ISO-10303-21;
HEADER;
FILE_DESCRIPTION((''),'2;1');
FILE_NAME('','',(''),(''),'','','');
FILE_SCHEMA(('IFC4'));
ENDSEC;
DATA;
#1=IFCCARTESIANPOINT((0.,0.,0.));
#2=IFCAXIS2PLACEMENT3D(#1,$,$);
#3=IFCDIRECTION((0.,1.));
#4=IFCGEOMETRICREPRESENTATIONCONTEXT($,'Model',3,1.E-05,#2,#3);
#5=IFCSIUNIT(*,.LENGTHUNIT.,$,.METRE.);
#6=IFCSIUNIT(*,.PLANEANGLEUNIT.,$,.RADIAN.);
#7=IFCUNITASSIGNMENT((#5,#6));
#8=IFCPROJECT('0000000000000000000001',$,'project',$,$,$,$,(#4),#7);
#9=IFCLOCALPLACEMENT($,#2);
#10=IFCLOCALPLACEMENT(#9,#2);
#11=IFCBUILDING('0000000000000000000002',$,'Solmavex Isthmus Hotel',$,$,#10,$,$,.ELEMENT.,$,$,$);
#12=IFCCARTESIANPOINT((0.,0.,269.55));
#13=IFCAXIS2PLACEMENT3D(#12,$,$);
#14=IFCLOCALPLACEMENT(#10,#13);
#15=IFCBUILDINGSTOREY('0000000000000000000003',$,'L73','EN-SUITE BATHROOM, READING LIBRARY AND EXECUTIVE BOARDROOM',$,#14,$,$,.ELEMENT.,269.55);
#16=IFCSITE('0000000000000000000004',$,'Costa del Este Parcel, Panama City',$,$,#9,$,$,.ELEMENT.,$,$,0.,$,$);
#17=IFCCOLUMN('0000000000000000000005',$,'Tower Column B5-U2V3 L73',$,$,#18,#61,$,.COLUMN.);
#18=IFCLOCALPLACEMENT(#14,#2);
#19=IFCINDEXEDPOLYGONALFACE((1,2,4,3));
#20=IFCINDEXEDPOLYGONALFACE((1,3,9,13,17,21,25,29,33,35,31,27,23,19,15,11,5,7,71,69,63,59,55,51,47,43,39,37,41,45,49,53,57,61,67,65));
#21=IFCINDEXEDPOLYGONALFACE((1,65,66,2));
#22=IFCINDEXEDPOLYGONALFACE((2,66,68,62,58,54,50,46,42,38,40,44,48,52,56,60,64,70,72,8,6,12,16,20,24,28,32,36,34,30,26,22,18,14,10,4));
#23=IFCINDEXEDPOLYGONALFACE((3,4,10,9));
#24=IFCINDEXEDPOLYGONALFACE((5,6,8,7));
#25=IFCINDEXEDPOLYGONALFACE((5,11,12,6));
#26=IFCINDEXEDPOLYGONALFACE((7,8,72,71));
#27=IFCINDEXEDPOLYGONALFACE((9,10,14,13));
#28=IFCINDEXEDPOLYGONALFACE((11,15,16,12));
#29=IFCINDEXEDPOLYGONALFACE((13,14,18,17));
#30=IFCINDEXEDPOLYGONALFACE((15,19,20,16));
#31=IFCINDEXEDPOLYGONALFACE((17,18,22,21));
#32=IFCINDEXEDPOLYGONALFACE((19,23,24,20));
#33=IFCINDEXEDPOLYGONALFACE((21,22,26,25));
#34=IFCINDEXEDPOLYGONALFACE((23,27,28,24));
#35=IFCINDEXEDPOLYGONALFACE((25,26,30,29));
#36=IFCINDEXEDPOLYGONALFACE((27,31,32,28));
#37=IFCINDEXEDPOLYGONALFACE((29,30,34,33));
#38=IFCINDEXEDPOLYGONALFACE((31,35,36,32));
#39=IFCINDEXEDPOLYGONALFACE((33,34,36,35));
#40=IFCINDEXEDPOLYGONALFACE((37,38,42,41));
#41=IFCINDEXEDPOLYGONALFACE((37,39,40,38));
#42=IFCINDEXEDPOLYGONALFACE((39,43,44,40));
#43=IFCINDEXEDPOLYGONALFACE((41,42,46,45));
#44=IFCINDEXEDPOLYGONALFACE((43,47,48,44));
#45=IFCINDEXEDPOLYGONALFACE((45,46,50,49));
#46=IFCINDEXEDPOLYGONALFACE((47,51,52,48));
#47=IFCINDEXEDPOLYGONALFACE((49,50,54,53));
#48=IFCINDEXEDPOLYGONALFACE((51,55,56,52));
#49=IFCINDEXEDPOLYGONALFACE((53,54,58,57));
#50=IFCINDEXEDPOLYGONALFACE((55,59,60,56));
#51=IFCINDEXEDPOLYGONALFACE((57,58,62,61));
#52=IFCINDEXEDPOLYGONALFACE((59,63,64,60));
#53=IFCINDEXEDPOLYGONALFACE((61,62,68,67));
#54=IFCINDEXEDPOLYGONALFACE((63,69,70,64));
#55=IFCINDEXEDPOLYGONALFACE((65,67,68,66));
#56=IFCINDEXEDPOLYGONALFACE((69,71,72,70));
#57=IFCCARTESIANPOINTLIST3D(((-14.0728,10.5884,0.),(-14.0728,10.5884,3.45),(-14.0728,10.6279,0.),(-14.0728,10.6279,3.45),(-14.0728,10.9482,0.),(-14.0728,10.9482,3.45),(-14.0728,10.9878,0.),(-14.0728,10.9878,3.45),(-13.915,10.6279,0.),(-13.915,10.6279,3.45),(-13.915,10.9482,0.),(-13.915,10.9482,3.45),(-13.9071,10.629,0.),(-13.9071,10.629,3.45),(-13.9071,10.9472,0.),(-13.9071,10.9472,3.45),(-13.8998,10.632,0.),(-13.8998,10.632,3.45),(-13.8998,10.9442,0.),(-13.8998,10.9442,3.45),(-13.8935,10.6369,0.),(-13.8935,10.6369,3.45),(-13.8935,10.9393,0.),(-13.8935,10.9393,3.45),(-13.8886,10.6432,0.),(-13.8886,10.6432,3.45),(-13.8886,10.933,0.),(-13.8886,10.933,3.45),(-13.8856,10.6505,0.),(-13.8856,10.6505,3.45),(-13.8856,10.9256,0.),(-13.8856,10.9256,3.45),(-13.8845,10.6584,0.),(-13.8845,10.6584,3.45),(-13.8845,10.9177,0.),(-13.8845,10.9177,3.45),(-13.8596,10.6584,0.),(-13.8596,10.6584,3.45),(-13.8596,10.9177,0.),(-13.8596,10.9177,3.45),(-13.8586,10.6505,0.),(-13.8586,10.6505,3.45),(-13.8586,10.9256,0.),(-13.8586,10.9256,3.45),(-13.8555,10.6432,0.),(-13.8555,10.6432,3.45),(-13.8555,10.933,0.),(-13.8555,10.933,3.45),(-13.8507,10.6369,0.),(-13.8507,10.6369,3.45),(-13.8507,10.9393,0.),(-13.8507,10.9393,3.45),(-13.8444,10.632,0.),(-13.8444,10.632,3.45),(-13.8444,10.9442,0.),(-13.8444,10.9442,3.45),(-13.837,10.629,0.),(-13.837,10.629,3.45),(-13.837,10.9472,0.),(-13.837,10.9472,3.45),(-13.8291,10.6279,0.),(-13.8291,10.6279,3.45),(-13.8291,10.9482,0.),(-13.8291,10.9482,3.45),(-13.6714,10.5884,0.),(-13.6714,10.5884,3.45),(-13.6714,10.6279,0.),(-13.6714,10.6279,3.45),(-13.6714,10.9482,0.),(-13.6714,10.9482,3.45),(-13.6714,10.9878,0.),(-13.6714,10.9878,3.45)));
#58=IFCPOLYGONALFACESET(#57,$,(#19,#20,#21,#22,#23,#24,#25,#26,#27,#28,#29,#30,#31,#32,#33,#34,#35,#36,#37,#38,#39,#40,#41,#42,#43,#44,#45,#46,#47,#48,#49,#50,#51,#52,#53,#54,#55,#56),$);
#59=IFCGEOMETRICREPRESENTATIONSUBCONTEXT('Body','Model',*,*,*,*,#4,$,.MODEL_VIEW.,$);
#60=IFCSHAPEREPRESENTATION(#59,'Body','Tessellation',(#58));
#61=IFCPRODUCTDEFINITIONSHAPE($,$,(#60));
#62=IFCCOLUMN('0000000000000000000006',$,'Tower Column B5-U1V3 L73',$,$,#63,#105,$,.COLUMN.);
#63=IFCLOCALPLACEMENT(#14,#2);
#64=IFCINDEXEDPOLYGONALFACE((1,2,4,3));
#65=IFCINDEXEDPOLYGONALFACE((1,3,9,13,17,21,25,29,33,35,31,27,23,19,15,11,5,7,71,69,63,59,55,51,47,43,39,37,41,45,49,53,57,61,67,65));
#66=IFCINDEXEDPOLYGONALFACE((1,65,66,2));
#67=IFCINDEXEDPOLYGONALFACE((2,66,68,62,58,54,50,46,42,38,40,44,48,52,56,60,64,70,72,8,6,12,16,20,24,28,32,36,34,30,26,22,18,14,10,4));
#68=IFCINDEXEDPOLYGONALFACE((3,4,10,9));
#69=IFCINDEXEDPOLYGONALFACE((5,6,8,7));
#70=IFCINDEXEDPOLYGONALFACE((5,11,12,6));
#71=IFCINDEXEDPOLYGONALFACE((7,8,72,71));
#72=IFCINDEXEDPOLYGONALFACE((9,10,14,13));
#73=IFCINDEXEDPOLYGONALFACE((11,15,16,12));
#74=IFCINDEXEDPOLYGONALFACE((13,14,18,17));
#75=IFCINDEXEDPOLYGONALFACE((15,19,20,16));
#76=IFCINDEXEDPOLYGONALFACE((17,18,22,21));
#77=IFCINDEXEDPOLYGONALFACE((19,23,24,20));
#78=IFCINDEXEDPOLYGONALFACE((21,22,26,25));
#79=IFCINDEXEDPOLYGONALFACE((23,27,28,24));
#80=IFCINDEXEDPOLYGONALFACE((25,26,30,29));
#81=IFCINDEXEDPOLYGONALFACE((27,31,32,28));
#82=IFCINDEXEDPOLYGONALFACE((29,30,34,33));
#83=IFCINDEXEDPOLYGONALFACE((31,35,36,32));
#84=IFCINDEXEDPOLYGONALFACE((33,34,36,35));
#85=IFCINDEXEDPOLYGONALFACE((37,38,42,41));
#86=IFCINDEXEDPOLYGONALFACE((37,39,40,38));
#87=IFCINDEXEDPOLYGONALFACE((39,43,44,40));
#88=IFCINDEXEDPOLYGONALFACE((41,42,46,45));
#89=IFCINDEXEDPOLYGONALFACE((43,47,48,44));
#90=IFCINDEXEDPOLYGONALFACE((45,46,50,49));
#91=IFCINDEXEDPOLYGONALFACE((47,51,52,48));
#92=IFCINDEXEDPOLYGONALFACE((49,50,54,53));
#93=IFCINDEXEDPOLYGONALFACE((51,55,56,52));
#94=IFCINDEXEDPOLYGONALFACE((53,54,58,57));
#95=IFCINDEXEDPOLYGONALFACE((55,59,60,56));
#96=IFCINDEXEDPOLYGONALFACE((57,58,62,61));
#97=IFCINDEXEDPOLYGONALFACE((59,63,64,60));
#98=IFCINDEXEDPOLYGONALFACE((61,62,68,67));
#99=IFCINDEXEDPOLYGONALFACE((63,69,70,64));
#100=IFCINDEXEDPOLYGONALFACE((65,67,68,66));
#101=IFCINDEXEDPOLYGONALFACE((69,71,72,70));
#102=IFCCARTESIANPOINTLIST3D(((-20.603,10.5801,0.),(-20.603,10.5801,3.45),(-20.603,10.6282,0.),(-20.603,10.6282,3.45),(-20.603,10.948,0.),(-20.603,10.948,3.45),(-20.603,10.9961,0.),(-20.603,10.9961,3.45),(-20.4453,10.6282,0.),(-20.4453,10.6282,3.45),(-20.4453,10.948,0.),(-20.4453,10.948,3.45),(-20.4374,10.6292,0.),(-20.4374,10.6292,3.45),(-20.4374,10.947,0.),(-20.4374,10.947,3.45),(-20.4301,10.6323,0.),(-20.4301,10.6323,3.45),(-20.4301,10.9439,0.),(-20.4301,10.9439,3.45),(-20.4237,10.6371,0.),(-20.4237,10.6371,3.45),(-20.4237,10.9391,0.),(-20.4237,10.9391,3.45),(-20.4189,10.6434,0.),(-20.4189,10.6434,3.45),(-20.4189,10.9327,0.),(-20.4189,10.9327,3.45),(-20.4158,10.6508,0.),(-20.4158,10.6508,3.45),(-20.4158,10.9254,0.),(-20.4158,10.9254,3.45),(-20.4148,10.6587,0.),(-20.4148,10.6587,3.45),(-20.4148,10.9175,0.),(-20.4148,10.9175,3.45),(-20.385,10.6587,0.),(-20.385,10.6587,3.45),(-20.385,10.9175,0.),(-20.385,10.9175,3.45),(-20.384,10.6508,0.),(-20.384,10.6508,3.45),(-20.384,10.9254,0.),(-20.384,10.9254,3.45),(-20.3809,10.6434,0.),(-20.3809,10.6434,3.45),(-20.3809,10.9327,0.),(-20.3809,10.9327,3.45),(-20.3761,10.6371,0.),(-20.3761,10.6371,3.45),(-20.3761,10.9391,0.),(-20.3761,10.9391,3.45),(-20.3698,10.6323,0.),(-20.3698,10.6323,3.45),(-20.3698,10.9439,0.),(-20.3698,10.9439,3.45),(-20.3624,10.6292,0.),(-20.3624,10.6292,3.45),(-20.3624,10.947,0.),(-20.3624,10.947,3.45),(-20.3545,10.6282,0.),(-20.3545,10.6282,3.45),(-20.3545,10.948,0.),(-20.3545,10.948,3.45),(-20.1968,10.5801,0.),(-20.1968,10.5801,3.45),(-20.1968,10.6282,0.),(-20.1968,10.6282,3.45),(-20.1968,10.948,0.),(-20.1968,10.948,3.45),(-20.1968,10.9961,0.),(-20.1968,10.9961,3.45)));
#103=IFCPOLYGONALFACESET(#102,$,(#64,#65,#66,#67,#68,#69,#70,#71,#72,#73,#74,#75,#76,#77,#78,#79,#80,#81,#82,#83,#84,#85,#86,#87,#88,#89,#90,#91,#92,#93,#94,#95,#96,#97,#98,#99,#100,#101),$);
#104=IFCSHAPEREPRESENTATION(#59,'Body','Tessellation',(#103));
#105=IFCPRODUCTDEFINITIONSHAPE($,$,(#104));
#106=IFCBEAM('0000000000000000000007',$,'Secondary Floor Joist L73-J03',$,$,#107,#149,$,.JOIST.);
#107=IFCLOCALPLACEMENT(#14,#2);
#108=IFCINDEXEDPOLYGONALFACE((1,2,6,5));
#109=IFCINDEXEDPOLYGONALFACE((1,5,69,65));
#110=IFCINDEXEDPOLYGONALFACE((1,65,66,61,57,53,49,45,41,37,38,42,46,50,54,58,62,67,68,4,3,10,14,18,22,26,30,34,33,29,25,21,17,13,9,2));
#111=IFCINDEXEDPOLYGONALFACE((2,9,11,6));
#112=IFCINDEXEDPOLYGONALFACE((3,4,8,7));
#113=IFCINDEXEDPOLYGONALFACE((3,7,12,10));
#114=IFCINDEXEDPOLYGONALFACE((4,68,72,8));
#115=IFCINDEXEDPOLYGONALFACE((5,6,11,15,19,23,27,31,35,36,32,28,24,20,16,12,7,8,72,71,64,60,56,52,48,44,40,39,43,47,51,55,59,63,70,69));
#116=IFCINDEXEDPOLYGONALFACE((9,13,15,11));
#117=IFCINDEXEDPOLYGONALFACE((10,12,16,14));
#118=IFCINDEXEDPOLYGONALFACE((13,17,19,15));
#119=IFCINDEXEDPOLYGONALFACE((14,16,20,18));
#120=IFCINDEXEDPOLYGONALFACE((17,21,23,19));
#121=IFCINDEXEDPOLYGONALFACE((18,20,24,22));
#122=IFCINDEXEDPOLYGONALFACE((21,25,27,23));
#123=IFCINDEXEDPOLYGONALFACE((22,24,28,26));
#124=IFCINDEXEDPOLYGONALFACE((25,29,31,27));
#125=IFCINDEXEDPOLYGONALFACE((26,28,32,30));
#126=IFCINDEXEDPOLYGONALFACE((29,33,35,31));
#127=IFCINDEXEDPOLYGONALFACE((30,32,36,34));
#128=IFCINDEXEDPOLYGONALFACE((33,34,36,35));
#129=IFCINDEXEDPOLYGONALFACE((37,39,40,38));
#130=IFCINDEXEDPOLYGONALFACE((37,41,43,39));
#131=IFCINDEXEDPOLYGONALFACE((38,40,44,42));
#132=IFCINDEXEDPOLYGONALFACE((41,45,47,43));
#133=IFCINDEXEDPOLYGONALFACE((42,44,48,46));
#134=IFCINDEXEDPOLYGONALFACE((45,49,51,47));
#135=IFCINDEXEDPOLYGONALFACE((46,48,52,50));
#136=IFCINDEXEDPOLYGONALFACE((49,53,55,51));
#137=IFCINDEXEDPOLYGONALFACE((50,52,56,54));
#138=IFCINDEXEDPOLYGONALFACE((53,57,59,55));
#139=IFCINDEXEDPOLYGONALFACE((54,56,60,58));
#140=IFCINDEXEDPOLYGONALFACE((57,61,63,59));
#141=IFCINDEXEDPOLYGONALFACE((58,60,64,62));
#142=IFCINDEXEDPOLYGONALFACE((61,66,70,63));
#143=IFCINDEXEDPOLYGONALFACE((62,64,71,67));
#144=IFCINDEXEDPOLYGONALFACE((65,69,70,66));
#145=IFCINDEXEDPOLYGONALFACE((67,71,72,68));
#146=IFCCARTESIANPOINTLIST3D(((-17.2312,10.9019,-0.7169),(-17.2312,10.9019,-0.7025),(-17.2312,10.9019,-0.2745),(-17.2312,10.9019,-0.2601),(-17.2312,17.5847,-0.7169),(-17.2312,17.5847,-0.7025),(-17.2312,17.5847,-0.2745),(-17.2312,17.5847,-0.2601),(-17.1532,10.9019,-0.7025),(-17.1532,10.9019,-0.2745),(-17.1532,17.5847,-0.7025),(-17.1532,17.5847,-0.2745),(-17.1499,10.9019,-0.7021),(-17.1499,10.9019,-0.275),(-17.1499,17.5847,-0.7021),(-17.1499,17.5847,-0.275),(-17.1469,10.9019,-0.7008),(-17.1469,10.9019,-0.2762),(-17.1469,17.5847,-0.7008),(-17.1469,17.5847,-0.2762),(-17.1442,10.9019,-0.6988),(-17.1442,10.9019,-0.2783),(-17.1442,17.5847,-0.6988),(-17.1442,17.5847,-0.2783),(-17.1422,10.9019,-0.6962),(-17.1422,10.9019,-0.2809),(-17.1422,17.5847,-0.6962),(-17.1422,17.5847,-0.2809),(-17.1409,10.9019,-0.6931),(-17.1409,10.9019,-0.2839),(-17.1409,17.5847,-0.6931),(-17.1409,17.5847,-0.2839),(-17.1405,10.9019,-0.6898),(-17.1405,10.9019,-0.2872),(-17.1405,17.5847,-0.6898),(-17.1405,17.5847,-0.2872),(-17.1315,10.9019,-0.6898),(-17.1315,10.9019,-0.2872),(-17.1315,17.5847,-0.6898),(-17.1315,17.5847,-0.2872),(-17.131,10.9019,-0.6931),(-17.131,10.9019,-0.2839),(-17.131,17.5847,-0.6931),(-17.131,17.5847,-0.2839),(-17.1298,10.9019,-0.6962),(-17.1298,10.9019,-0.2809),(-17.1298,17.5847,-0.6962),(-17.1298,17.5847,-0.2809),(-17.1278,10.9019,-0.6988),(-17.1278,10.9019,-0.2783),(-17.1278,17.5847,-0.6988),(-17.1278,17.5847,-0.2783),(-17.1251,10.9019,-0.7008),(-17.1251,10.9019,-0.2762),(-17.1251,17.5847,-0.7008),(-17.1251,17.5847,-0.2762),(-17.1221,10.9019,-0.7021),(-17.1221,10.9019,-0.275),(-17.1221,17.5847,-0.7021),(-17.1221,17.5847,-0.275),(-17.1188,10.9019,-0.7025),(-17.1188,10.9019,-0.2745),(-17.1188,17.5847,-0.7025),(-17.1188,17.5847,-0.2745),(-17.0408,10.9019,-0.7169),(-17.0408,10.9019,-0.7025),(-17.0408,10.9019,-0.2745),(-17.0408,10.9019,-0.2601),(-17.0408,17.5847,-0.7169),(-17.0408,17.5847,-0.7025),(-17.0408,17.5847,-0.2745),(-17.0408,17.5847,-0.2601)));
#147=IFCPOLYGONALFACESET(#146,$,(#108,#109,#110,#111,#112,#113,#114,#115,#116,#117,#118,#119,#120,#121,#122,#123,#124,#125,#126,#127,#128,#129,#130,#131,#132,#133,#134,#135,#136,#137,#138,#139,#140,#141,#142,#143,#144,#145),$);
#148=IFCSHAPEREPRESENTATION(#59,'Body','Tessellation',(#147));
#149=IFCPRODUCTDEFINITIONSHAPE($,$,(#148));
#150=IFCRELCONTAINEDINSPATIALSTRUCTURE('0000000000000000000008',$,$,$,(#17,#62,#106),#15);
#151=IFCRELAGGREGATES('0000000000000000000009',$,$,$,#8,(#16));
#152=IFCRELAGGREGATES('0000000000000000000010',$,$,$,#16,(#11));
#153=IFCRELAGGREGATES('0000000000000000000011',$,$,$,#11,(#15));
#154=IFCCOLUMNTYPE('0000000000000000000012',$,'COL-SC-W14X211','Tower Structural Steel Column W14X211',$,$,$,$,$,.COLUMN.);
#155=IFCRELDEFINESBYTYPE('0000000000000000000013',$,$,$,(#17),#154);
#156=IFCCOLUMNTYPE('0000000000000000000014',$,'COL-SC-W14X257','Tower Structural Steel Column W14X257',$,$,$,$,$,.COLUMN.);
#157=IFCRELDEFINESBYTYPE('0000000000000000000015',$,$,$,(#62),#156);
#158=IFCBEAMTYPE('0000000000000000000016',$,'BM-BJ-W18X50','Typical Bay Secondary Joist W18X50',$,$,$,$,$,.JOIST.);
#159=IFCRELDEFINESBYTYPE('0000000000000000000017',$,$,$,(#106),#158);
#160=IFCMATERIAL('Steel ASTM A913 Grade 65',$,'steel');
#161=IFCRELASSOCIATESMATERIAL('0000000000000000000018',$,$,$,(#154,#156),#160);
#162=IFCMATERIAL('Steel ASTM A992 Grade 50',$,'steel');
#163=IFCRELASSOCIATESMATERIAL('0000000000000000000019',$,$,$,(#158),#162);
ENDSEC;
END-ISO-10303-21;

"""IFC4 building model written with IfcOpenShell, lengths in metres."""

from ifc_helpers import new_model, si_unit, direction, frame, origin, origin_2d, place, context, subcontext, project, spatial, i_section, extrude, material, material_profile, profile_set, type_object, element, save


model = new_model("IFC4")

# Units and contexts
model_context = context("Model", 3, precision=1e-05, world=origin(), true_north=direction((0.0, 1.0)))
body_context = subcontext(model_context, "Body", "Model", "MODEL_VIEW")
ifc_project = project(units=[si_unit("LENGTHUNIT", "METRE"), si_unit("PLANEANGLEUNIT", "RADIAN")], contexts=[model_context])

# Site, building, storey
site_placement = place(None, origin())
site = spatial("IfcSite", under=ifc_project, at=site_placement, Name="Costa del Este Parcel, Panama City", CompositionType="ELEMENT", RefElevation=0.0)
building_placement = place(site_placement, origin())
building = spatial("IfcBuilding", under=site, at=building_placement, Name="Solmavex Isthmus Hotel", CompositionType="ELEMENT")
storey_placement = place(building_placement, frame((0.0, 0.0, 269.55)))
storey = spatial("IfcBuildingStorey", under=building, at=storey_placement, Name="L73", Description="EN-SUITE BATHROOM, READING LIBRARY AND EXECUTIVE BOARDROOM", CompositionType="ELEMENT", Elevation=269.55)

# Columns
ifc_material_1 = material(Name="Steel ASTM A913 Grade 65", Category="steel")
ifc_material_profile_1 = material_profile(ifc_material_1, i_section(OverallWidth=0.4014, OverallDepth=0.3994, WebThickness=0.0249, FlangeThickness=0.0396, FilletRadius=0.0305, at=origin_2d()), Name="W14X211")
ifc_profile_set_1 = profile_set([ifc_material_profile_1], Name="Steel ASTM A913 Grade 65")
column_type_1 = type_object("IfcColumnType", Name="COL-SC-W14X211", Description="Tower Structural Steel Column W14X211", PredefinedType="COLUMN", material=ifc_profile_set_1)
column_1_placement = place(storey_placement, frame((-13.8721, 10.7881, 0.0), z_axis=(0.0, 0.0, 1.0), x_axis=(1.0, 0.0, 0.0)))
element("IfcColumn", 1, at=column_1_placement, inside=storey, type_object=column_type_1, Name="Tower Column B5-U2V3 L73", PredefinedType="COLUMN", context=body_context, shape_type="SweptSolid", body=[
    extrude(i_section(OverallWidth=0.4014, OverallDepth=0.3994, WebThickness=0.0249, FlangeThickness=0.0396, FilletRadius=0.0305, at=origin_2d()), origin(), (0.0, 0.0, 1.0), 3.45),
])
ifc_material_profile_2 = material_profile(ifc_material_1, i_section(OverallWidth=0.4062, OverallDepth=0.416, WebThickness=0.0298, FlangeThickness=0.0481, FilletRadius=0.0305, at=origin_2d()), Name="W14X257")
ifc_profile_set_2 = profile_set([ifc_material_profile_2], Name="Steel ASTM A913 Grade 65")
column_type_2 = type_object("IfcColumnType", Name="COL-SC-W14X257", Description="Tower Structural Steel Column W14X257", PredefinedType="COLUMN", material=ifc_profile_set_2)
column_2_placement = place(storey_placement, frame((-20.3999, 10.7881, 0.0), z_axis=(0.0, 0.0, 1.0), x_axis=(1.0, 0.0, 0.0)))
element("IfcColumn", 2, at=column_2_placement, inside=storey, type_object=column_type_2, Name="Tower Column B5-U1V3 L73", PredefinedType="COLUMN", context=body_context, shape_type="SweptSolid", body=[
    extrude(i_section(OverallWidth=0.4062, OverallDepth=0.416, WebThickness=0.0298, FlangeThickness=0.0481, FilletRadius=0.0305, at=origin_2d()), origin(), (0.0, 0.0, 1.0), 3.45),
])

# Beam
ifc_material_2 = material(Name="Steel ASTM A992 Grade 50", Category="steel")
ifc_material_profile_3 = material_profile(ifc_material_2, i_section(OverallWidth=0.1904, OverallDepth=0.4568, WebThickness=0.009, FlangeThickness=0.0144, FilletRadius=0.0127, at=origin_2d()), Name="W18X50")
ifc_profile_set_3 = profile_set([ifc_material_profile_3], Name="Steel ASTM A992 Grade 50")
beam_type_1 = type_object("IfcBeamType", Name="BM-BJ-W18X50", Description="Typical Bay Secondary Joist W18X50", PredefinedType="JOIST", material=ifc_profile_set_3)
beam_1_placement = place(storey_placement, frame((-17.136, 10.9019, -0.4885), z_axis=(0.0, 1.0, 0.0), x_axis=(-1.0, 0.0, 0.0)))
element("IfcBeam", 3, at=beam_1_placement, inside=storey, type_object=beam_type_1, Name="Secondary Floor Joist L73-J03", PredefinedType="JOIST", context=body_context, shape_type="SweptSolid", body=[
    extrude(i_section(OverallWidth=0.1904, OverallDepth=0.4568, WebThickness=0.009, FlangeThickness=0.0144, FilletRadius=0.0127, at=origin_2d()), origin(), (0.0, 0.0, 1.0), 6.6829),
])

save(model, "model.ifc")
